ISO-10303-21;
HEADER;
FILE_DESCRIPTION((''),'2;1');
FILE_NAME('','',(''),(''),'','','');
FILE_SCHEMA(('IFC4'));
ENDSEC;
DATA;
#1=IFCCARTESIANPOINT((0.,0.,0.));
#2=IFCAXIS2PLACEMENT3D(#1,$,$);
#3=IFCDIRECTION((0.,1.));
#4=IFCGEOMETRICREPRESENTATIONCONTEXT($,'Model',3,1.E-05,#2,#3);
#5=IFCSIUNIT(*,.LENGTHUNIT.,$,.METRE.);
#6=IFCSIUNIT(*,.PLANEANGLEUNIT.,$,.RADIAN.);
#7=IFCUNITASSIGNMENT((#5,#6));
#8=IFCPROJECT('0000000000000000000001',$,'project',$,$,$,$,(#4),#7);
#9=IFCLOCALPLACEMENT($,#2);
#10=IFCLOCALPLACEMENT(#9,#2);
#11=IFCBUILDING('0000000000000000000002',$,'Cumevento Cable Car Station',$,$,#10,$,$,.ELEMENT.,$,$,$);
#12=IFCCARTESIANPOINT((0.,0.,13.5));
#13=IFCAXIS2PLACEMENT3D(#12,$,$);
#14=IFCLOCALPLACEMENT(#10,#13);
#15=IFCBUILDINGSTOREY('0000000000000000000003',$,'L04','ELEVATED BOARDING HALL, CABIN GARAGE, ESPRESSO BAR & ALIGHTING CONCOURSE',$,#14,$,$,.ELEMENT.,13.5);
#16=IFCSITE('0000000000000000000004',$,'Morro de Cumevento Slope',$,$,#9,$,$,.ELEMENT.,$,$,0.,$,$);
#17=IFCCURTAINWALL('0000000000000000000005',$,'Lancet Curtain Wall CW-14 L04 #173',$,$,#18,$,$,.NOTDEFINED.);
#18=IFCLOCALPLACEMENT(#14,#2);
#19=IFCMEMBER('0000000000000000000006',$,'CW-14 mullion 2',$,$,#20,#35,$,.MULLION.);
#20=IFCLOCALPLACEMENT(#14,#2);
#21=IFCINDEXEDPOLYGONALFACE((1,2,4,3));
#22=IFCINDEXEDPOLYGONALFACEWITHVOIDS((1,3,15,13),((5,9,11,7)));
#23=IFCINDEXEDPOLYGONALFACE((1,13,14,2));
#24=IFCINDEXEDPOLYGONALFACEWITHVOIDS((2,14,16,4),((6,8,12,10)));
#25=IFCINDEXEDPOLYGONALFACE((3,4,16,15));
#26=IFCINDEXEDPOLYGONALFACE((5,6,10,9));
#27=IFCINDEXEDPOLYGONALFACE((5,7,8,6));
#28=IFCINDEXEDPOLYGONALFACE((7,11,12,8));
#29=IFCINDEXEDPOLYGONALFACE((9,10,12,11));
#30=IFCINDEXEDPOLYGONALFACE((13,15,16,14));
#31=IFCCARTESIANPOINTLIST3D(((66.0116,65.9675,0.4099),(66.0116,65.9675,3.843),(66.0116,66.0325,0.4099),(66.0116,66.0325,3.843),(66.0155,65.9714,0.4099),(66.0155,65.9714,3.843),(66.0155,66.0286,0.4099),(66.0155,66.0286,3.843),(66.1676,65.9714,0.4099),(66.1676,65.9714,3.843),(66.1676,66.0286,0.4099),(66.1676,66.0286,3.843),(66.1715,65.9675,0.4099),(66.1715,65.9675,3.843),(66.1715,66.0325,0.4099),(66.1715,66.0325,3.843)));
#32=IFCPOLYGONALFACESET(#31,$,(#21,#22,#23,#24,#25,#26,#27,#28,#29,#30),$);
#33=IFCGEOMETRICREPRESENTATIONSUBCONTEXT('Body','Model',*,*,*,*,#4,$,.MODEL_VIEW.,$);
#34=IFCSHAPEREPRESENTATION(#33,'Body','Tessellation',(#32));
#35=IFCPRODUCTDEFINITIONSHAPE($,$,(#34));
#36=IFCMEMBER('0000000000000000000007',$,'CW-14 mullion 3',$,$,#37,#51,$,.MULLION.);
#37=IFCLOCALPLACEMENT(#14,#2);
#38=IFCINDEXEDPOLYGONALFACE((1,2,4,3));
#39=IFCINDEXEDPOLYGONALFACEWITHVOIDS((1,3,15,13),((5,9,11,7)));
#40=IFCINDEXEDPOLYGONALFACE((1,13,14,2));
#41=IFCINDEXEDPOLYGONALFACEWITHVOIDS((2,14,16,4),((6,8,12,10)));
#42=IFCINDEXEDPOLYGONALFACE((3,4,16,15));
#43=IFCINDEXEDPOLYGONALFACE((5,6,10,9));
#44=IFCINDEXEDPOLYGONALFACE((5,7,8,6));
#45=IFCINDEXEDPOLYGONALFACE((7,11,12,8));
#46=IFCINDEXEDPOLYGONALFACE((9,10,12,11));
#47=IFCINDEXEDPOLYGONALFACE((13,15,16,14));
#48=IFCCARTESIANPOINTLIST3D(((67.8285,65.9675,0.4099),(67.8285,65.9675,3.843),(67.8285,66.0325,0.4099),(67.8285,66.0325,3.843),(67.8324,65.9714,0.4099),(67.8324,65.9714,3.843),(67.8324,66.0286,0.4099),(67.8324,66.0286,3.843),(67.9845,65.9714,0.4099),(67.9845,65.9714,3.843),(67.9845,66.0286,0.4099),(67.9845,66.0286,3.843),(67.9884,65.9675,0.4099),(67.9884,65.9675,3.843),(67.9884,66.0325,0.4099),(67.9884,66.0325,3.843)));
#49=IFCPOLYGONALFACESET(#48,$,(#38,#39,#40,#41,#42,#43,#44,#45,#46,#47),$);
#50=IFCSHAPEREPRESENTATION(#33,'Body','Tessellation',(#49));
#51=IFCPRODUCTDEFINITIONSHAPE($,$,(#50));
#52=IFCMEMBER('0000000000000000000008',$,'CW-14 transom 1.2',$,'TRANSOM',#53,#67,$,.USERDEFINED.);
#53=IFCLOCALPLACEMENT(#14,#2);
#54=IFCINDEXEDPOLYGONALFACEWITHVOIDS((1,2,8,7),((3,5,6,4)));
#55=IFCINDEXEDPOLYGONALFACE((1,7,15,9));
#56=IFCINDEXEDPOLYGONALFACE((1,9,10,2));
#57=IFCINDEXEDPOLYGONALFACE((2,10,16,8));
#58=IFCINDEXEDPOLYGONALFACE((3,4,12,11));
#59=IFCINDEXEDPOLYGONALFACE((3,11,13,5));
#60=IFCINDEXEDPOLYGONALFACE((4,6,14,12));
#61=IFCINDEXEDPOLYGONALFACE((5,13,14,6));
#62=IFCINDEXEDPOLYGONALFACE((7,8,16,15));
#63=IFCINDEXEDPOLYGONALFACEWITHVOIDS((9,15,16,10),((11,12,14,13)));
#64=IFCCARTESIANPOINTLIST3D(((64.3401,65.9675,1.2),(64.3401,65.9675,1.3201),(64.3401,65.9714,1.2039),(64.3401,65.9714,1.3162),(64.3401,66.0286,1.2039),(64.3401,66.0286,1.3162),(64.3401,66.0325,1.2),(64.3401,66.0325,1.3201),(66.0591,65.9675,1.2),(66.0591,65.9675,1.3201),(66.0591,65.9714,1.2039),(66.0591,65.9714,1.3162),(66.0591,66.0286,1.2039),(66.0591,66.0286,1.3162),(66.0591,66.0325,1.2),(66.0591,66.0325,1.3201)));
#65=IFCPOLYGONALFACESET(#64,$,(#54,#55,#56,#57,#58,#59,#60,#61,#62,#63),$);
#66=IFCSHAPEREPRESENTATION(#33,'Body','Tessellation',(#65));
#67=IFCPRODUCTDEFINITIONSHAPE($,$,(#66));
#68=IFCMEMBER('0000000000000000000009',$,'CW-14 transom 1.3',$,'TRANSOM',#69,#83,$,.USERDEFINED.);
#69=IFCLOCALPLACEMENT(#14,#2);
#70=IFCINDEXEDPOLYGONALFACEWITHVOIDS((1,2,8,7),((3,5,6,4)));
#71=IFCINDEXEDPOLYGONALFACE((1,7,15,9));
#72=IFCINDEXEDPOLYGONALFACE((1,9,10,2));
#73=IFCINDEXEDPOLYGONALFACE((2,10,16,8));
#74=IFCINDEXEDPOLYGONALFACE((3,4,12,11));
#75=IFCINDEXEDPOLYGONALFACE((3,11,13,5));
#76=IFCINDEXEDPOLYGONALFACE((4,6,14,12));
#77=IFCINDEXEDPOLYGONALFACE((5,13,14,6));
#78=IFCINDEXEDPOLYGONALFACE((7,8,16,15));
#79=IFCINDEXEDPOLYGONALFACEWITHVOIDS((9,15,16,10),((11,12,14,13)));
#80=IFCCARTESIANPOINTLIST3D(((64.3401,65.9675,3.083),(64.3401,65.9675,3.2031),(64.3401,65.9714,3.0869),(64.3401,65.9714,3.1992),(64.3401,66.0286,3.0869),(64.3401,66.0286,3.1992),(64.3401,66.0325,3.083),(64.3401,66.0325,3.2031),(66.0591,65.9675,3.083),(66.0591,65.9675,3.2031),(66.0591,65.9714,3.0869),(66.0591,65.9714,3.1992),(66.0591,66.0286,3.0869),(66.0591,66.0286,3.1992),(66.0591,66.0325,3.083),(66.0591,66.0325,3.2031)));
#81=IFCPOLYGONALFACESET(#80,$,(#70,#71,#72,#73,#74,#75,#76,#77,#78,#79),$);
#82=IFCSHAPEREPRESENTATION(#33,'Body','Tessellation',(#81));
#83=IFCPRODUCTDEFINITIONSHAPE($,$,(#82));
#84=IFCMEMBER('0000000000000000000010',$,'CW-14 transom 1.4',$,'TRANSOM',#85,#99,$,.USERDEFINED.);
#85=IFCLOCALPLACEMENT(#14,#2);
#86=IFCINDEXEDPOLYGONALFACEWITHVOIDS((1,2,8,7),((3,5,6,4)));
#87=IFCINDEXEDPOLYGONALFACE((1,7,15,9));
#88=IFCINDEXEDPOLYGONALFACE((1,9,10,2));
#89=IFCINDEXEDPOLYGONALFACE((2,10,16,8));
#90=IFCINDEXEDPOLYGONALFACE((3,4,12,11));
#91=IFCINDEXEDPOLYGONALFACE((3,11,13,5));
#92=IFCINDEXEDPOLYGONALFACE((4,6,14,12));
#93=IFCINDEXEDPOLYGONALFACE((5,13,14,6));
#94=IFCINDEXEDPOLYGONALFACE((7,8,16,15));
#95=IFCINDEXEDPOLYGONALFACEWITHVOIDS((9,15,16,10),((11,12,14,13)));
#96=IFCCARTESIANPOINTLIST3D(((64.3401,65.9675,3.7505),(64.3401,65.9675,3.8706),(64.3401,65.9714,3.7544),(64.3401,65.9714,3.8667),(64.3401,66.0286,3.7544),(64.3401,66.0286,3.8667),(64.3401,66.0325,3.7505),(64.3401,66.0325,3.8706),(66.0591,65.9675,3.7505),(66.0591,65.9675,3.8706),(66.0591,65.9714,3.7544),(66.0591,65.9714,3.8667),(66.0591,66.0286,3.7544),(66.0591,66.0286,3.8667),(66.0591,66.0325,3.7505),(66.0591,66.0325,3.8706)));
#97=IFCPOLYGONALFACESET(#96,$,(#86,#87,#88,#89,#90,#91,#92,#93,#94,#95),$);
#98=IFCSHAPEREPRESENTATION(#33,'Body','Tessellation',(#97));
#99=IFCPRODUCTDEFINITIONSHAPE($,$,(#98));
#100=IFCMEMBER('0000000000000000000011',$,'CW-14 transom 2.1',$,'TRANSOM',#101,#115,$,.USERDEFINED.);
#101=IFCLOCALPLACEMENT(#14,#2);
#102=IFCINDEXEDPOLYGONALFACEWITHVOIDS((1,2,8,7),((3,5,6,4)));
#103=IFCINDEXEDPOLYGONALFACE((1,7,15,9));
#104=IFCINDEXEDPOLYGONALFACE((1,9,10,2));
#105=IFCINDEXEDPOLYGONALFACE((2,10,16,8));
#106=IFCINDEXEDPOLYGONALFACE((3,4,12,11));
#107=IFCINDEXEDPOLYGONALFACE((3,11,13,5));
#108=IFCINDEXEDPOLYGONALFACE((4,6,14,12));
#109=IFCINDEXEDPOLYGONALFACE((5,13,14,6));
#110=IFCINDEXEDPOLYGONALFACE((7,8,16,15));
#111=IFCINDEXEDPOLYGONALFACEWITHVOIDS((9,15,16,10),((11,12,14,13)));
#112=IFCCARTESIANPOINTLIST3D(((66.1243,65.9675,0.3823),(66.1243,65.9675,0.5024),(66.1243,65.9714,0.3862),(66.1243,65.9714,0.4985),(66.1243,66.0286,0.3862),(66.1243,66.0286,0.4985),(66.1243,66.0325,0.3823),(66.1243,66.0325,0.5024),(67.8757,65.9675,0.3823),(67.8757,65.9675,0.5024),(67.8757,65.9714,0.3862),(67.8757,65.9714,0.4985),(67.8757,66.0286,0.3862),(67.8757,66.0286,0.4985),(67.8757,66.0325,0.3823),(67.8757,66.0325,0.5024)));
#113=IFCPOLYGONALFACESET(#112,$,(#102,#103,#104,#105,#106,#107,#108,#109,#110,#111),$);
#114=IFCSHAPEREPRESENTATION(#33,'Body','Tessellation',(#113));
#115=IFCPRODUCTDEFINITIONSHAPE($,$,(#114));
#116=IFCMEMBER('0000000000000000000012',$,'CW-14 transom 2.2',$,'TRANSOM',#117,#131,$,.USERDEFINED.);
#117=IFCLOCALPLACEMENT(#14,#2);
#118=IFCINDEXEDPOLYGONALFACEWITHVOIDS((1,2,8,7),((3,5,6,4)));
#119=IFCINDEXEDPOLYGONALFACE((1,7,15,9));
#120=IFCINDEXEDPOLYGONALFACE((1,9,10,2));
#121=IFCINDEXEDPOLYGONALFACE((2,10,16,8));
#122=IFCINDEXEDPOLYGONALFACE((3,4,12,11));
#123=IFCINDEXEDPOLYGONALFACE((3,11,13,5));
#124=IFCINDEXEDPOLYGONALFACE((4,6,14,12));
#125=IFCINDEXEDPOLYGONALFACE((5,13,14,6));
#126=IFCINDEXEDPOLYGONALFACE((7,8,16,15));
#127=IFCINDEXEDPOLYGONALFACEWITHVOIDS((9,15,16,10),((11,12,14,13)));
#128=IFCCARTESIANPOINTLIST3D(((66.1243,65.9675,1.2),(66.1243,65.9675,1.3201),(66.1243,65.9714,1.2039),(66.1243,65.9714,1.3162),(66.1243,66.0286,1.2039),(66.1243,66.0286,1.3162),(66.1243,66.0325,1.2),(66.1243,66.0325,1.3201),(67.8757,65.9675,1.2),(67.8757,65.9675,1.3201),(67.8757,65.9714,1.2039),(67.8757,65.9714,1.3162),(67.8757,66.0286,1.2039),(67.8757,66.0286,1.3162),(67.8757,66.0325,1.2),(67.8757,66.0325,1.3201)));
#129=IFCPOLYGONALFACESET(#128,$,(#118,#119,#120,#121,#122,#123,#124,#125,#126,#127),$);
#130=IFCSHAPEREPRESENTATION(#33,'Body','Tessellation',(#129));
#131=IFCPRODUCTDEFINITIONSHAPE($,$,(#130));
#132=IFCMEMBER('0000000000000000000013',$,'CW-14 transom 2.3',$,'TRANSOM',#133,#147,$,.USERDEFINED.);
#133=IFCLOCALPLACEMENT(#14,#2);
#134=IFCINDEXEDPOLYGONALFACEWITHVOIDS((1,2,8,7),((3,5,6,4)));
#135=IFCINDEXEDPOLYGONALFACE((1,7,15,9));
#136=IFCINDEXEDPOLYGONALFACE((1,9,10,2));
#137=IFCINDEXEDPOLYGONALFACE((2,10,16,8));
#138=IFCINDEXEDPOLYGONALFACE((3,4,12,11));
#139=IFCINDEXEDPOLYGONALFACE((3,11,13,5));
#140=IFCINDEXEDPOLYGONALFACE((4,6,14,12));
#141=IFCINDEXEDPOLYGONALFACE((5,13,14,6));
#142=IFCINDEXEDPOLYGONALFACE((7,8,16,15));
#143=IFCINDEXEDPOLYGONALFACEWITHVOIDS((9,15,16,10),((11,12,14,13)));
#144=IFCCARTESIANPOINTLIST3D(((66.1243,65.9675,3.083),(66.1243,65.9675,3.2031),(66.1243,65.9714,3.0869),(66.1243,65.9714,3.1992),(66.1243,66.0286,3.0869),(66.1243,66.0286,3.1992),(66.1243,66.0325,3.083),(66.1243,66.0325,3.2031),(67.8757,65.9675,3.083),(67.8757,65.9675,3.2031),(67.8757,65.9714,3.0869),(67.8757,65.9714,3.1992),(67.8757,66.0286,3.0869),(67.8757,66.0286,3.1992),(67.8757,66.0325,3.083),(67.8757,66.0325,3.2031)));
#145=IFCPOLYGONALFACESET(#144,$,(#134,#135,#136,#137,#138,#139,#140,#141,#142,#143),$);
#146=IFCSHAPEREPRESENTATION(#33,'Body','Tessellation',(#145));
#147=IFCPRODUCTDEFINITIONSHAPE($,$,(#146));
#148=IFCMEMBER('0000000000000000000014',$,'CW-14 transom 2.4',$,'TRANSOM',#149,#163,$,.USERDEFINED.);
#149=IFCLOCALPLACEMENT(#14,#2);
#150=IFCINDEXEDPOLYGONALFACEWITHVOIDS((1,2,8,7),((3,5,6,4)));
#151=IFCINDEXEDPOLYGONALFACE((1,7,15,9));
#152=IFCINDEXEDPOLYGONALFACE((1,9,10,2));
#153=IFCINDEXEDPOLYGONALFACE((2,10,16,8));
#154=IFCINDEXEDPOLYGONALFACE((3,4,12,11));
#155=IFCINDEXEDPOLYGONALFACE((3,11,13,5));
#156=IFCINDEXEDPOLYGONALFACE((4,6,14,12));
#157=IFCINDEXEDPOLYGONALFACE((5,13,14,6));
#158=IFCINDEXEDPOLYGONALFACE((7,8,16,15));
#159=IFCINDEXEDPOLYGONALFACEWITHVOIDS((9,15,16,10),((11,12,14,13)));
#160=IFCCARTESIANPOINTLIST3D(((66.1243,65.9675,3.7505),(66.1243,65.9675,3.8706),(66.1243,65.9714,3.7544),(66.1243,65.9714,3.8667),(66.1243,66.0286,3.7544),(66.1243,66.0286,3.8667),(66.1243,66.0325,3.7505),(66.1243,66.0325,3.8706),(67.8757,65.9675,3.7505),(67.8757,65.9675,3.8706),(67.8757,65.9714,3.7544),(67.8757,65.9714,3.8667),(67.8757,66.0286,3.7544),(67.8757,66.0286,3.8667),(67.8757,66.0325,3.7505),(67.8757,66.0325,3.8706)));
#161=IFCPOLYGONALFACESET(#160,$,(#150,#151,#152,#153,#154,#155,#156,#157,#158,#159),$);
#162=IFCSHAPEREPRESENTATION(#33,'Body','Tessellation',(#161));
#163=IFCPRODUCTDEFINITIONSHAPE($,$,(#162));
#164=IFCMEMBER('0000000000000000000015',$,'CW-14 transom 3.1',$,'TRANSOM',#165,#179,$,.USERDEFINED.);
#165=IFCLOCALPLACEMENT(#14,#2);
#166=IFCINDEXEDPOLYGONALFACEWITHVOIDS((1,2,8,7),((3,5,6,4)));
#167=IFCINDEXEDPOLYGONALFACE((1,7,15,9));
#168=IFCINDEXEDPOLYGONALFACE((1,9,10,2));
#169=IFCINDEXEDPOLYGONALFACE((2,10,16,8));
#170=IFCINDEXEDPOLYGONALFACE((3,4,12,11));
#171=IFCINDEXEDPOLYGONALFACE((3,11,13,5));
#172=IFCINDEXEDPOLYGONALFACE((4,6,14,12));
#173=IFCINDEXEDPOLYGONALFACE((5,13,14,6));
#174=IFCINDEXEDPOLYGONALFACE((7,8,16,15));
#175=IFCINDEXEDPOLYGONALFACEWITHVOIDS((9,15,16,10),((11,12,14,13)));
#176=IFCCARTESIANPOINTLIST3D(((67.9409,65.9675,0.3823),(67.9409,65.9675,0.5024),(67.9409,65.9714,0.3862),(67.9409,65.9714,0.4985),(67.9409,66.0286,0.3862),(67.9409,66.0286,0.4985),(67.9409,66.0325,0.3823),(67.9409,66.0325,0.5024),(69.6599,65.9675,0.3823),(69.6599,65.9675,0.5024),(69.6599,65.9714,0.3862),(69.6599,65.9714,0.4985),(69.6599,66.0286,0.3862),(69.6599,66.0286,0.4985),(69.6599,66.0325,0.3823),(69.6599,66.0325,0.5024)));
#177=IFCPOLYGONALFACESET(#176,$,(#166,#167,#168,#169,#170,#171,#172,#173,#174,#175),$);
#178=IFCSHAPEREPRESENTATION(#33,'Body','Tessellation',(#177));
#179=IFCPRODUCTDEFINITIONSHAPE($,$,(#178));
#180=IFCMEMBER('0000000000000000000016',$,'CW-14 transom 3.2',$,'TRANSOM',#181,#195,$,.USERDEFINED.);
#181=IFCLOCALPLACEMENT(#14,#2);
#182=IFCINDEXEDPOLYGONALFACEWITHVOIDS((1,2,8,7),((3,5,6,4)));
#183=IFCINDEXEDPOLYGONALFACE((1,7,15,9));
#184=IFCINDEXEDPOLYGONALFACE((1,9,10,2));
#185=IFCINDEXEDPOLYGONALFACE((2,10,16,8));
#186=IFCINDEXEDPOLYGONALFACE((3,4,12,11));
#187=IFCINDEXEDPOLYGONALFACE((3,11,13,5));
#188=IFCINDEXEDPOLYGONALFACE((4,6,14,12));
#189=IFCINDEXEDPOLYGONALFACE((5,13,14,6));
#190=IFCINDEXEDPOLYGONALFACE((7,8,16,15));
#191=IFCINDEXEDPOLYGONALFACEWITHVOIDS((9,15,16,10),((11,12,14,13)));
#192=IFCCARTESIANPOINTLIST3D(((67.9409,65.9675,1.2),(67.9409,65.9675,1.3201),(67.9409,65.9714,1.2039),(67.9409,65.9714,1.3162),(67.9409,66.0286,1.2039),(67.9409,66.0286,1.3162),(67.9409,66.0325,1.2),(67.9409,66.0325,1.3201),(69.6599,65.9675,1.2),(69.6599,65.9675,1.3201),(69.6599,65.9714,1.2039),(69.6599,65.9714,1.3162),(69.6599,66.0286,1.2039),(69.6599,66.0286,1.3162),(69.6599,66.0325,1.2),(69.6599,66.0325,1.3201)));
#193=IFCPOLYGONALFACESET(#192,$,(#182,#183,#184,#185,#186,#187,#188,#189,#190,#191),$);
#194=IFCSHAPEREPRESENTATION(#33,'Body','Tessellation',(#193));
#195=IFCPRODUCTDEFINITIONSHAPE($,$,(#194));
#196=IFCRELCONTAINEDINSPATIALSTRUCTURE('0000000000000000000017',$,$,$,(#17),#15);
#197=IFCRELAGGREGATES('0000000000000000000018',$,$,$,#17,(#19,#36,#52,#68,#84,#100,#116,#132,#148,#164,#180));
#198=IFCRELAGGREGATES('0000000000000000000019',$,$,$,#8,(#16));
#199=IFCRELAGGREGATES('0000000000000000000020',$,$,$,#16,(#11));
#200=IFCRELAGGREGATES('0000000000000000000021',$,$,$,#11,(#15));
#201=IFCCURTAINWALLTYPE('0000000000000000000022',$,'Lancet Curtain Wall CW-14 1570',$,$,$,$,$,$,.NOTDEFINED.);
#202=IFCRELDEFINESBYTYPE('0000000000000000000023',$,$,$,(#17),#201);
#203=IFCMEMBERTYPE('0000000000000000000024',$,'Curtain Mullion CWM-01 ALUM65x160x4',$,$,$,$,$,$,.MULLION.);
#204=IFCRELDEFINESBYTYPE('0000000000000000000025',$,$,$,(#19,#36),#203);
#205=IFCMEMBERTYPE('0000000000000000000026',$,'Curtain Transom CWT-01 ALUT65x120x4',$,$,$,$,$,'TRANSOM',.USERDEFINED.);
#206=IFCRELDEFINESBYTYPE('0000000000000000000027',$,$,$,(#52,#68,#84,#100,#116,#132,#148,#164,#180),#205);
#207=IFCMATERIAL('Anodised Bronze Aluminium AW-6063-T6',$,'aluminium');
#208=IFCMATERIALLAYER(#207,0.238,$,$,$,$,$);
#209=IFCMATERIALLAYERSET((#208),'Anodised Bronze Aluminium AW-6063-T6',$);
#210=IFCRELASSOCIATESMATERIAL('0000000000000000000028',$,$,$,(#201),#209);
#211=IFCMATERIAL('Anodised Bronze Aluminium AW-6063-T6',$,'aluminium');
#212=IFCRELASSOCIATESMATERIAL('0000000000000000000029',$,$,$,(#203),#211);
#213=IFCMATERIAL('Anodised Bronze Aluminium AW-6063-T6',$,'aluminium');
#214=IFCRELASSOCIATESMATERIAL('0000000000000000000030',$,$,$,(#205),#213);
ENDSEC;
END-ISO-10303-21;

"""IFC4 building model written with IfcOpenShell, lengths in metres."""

from ifc_helpers import new_model, si_unit, direction, frame, origin, origin_2d, place, context, subcontext, project, spatial, hollow_rectangle, extrude, material, layer, layer_set, material_profile, profile_set, type_object, element, aggregate, save


model = new_model("IFC4")

# Units and contexts
model_context = context("Model", 3, precision=1e-05, world=origin(), true_north=direction((0.0, 1.0)))
body_context = subcontext(model_context, "Body", "Model", "MODEL_VIEW")
ifc_project = project(units=[si_unit("LENGTHUNIT", "METRE"), si_unit("PLANEANGLEUNIT", "RADIAN")], contexts=[model_context])

# Site, building, storey
site_placement = place(None, origin())
site = spatial("IfcSite", under=ifc_project, at=site_placement, Name="Morro de Cumevento Slope", CompositionType="ELEMENT", RefElevation=0.0)
building_placement = place(site_placement, origin())
building = spatial("IfcBuilding", under=site, at=building_placement, Name="Cumevento Cable Car Station", CompositionType="ELEMENT")
storey_placement = place(building_placement, frame((0.0, 0.0, 13.5)))
storey = spatial("IfcBuildingStorey", under=building, at=storey_placement, Name="L04", Description="ELEVATED BOARDING HALL, CABIN GARAGE, ESPRESSO BAR & ALIGHTING CONCOURSE", CompositionType="ELEMENT", Elevation=13.5)

# Curtain wall, members
ifc_material_1 = material(Name="Anodised Bronze Aluminium AW-6063-T6", Category="aluminium")
ifc_layer_1 = layer(ifc_material_1, 0.238)
ifc_layer_set_1 = layer_set([ifc_layer_1], Name="Anodised Bronze Aluminium AW-6063-T6")
curtain_wall_type = type_object("IfcCurtainWallType", Name="Lancet Curtain Wall CW-14 1570", PredefinedType="NOTDEFINED", material=ifc_layer_set_1)
curtain_wall_placement = place(storey_placement, origin())
curtain_wall = element("IfcCurtainWall", 1, at=curtain_wall_placement, inside=storey, type_object=curtain_wall_type, Name="Lancet Curtain Wall CW-14 L04 #173", PredefinedType="NOTDEFINED")
ifc_material_2 = material(Name="Anodised Bronze Aluminium AW-6063-T6", Category="aluminium")
ifc_material_profile_1 = material_profile(ifc_material_2, hollow_rectangle(XDim=0.0649, YDim=0.1599, WallThickness=0.0039, at=origin_2d()), Name="ALUM65x160x4")
ifc_profile_set_1 = profile_set([ifc_material_profile_1], Name="Anodised Bronze Aluminium AW-6063-T6")
member_type_1 = type_object("IfcMemberType", Name="Curtain Mullion CWM-01 ALUM65x160x4", PredefinedType="MULLION", material=ifc_profile_set_1)
member_1_placement = place(storey_placement, frame((66.0916, 66.0, 0.4099), z_axis=(0.0, 0.0, 1.0), x_axis=(0.0, 1.0, 0.0)))
member_1 = element("IfcMember", 2, at=member_1_placement, type_object=member_type_1, Name="CW-14 mullion 2", PredefinedType="MULLION", context=body_context, shape_type="SweptSolid", body=[
    extrude(hollow_rectangle(XDim=0.0649, YDim=0.1599, WallThickness=0.0039, at=origin_2d()), origin(), (0.0, 0.0, 1.0), 3.4331),
])
member_2_placement = place(storey_placement, frame((67.9084, 66.0, 0.4099), z_axis=(0.0, 0.0, 1.0), x_axis=(0.0, 1.0, 0.0)))
member_2 = element("IfcMember", 3, at=member_2_placement, type_object=member_type_1, Name="CW-14 mullion 3", PredefinedType="MULLION", context=body_context, shape_type="SweptSolid", body=[
    extrude(hollow_rectangle(XDim=0.0649, YDim=0.1599, WallThickness=0.0039, at=origin_2d()), origin(), (0.0, 0.0, 1.0), 3.4331),
])
ifc_material_3 = material(Name="Anodised Bronze Aluminium AW-6063-T6", Category="aluminium")
ifc_material_profile_2 = material_profile(ifc_material_3, hollow_rectangle(XDim=0.0649, YDim=0.1201, WallThickness=0.0039, at=origin_2d()), Name="ALUT65x120x4")
ifc_profile_set_2 = profile_set([ifc_material_profile_2], Name="Anodised Bronze Aluminium AW-6063-T6")
member_type_2 = type_object("IfcMemberType", Name="Curtain Transom CWT-01 ALUT65x120x4", ElementType="TRANSOM", PredefinedType="USERDEFINED", material=ifc_profile_set_2)
member_3_placement = place(storey_placement, frame((64.3401, 66.0, 1.26), z_axis=(1.0, 0.0, 0.0), x_axis=(0.0, 1.0, 0.0)))
member_3 = element("IfcMember", 4, at=member_3_placement, type_object=member_type_2, Name="CW-14 transom 1.2", ObjectType="TRANSOM", PredefinedType="USERDEFINED", context=body_context, shape_type="SweptSolid", body=[
    extrude(hollow_rectangle(XDim=0.0649, YDim=0.1201, WallThickness=0.0039, at=origin_2d()), origin(), (0.0, 0.0, 1.0), 1.719),
])
member_4_placement = place(storey_placement, frame((64.3401, 66.0, 3.1431), z_axis=(1.0, 0.0, 0.0), x_axis=(0.0, 1.0, 0.0)))
member_4 = element("IfcMember", 5, at=member_4_placement, type_object=member_type_2, Name="CW-14 transom 1.3", ObjectType="TRANSOM", PredefinedType="USERDEFINED", context=body_context, shape_type="SweptSolid", body=[
    extrude(hollow_rectangle(XDim=0.0649, YDim=0.1201, WallThickness=0.0039, at=origin_2d()), origin(), (0.0, 0.0, 1.0), 1.719),
])
member_5_placement = place(storey_placement, frame((64.3401, 66.0, 3.8105), z_axis=(1.0, 0.0, 0.0), x_axis=(0.0, 1.0, 0.0)))
member_5 = element("IfcMember", 6, at=member_5_placement, type_object=member_type_2, Name="CW-14 transom 1.4", ObjectType="TRANSOM", PredefinedType="USERDEFINED", context=body_context, shape_type="SweptSolid", body=[
    extrude(hollow_rectangle(XDim=0.0649, YDim=0.1201, WallThickness=0.0039, at=origin_2d()), origin(), (0.0, 0.0, 1.0), 1.719),
])
member_6_placement = place(storey_placement, frame((66.1243, 66.0, 0.4424), z_axis=(1.0, 0.0, 0.0), x_axis=(0.0, 1.0, 0.0)))
member_6 = element("IfcMember", 7, at=member_6_placement, type_object=member_type_2, Name="CW-14 transom 2.1", ObjectType="TRANSOM", PredefinedType="USERDEFINED", context=body_context, shape_type="SweptSolid", body=[
    extrude(hollow_rectangle(XDim=0.0649, YDim=0.1201, WallThickness=0.0039, at=origin_2d()), origin(), (0.0, 0.0, 1.0), 1.7515),
])
member_7_placement = place(storey_placement, frame((66.1243, 66.0, 1.26), z_axis=(1.0, 0.0, 0.0), x_axis=(0.0, 1.0, 0.0)))
member_7 = element("IfcMember", 8, at=member_7_placement, type_object=member_type_2, Name="CW-14 transom 2.2", ObjectType="TRANSOM", PredefinedType="USERDEFINED", context=body_context, shape_type="SweptSolid", body=[
    extrude(hollow_rectangle(XDim=0.0649, YDim=0.1201, WallThickness=0.0039, at=origin_2d()), origin(), (0.0, 0.0, 1.0), 1.7515),
])
member_8_placement = place(storey_placement, frame((66.1243, 66.0, 3.1431), z_axis=(1.0, 0.0, 0.0), x_axis=(0.0, 1.0, 0.0)))
member_8 = element("IfcMember", 9, at=member_8_placement, type_object=member_type_2, Name="CW-14 transom 2.3", ObjectType="TRANSOM", PredefinedType="USERDEFINED", context=body_context, shape_type="SweptSolid", body=[
    extrude(hollow_rectangle(XDim=0.0649, YDim=0.1201, WallThickness=0.0039, at=origin_2d()), origin(), (0.0, 0.0, 1.0), 1.7515),
])
member_9_placement = place(storey_placement, frame((66.1243, 66.0, 3.8105), z_axis=(1.0, 0.0, 0.0), x_axis=(0.0, 1.0, 0.0)))
member_9 = element("IfcMember", 10, at=member_9_placement, type_object=member_type_2, Name="CW-14 transom 2.4", ObjectType="TRANSOM", PredefinedType="USERDEFINED", context=body_context, shape_type="SweptSolid", body=[
    extrude(hollow_rectangle(XDim=0.0649, YDim=0.1201, WallThickness=0.0039, at=origin_2d()), origin(), (0.0, 0.0, 1.0), 1.7515),
])
member_10_placement = place(storey_placement, frame((67.9409, 66.0, 0.4424), z_axis=(1.0, 0.0, 0.0), x_axis=(0.0, 1.0, 0.0)))
member_10 = element("IfcMember", 11, at=member_10_placement, type_object=member_type_2, Name="CW-14 transom 3.1", ObjectType="TRANSOM", PredefinedType="USERDEFINED", context=body_context, shape_type="SweptSolid", body=[
    extrude(hollow_rectangle(XDim=0.0649, YDim=0.1201, WallThickness=0.0039, at=origin_2d()), origin(), (0.0, 0.0, 1.0), 1.719),
])
member_11_placement = place(storey_placement, frame((67.9409, 66.0, 1.26), z_axis=(1.0, 0.0, 0.0), x_axis=(0.0, 1.0, 0.0)))
member_11 = element("IfcMember", 12, at=member_11_placement, type_object=member_type_2, Name="CW-14 transom 3.2", ObjectType="TRANSOM", PredefinedType="USERDEFINED", context=body_context, shape_type="SweptSolid", body=[
    extrude(hollow_rectangle(XDim=0.0649, YDim=0.1201, WallThickness=0.0039, at=origin_2d()), origin(), (0.0, 0.0, 1.0), 1.719),
])
aggregate(curtain_wall, [member_1, member_2, member_3, member_4, member_5, member_6, member_7, member_8, member_9, member_10, member_11])

save(model, "model.ifc")
